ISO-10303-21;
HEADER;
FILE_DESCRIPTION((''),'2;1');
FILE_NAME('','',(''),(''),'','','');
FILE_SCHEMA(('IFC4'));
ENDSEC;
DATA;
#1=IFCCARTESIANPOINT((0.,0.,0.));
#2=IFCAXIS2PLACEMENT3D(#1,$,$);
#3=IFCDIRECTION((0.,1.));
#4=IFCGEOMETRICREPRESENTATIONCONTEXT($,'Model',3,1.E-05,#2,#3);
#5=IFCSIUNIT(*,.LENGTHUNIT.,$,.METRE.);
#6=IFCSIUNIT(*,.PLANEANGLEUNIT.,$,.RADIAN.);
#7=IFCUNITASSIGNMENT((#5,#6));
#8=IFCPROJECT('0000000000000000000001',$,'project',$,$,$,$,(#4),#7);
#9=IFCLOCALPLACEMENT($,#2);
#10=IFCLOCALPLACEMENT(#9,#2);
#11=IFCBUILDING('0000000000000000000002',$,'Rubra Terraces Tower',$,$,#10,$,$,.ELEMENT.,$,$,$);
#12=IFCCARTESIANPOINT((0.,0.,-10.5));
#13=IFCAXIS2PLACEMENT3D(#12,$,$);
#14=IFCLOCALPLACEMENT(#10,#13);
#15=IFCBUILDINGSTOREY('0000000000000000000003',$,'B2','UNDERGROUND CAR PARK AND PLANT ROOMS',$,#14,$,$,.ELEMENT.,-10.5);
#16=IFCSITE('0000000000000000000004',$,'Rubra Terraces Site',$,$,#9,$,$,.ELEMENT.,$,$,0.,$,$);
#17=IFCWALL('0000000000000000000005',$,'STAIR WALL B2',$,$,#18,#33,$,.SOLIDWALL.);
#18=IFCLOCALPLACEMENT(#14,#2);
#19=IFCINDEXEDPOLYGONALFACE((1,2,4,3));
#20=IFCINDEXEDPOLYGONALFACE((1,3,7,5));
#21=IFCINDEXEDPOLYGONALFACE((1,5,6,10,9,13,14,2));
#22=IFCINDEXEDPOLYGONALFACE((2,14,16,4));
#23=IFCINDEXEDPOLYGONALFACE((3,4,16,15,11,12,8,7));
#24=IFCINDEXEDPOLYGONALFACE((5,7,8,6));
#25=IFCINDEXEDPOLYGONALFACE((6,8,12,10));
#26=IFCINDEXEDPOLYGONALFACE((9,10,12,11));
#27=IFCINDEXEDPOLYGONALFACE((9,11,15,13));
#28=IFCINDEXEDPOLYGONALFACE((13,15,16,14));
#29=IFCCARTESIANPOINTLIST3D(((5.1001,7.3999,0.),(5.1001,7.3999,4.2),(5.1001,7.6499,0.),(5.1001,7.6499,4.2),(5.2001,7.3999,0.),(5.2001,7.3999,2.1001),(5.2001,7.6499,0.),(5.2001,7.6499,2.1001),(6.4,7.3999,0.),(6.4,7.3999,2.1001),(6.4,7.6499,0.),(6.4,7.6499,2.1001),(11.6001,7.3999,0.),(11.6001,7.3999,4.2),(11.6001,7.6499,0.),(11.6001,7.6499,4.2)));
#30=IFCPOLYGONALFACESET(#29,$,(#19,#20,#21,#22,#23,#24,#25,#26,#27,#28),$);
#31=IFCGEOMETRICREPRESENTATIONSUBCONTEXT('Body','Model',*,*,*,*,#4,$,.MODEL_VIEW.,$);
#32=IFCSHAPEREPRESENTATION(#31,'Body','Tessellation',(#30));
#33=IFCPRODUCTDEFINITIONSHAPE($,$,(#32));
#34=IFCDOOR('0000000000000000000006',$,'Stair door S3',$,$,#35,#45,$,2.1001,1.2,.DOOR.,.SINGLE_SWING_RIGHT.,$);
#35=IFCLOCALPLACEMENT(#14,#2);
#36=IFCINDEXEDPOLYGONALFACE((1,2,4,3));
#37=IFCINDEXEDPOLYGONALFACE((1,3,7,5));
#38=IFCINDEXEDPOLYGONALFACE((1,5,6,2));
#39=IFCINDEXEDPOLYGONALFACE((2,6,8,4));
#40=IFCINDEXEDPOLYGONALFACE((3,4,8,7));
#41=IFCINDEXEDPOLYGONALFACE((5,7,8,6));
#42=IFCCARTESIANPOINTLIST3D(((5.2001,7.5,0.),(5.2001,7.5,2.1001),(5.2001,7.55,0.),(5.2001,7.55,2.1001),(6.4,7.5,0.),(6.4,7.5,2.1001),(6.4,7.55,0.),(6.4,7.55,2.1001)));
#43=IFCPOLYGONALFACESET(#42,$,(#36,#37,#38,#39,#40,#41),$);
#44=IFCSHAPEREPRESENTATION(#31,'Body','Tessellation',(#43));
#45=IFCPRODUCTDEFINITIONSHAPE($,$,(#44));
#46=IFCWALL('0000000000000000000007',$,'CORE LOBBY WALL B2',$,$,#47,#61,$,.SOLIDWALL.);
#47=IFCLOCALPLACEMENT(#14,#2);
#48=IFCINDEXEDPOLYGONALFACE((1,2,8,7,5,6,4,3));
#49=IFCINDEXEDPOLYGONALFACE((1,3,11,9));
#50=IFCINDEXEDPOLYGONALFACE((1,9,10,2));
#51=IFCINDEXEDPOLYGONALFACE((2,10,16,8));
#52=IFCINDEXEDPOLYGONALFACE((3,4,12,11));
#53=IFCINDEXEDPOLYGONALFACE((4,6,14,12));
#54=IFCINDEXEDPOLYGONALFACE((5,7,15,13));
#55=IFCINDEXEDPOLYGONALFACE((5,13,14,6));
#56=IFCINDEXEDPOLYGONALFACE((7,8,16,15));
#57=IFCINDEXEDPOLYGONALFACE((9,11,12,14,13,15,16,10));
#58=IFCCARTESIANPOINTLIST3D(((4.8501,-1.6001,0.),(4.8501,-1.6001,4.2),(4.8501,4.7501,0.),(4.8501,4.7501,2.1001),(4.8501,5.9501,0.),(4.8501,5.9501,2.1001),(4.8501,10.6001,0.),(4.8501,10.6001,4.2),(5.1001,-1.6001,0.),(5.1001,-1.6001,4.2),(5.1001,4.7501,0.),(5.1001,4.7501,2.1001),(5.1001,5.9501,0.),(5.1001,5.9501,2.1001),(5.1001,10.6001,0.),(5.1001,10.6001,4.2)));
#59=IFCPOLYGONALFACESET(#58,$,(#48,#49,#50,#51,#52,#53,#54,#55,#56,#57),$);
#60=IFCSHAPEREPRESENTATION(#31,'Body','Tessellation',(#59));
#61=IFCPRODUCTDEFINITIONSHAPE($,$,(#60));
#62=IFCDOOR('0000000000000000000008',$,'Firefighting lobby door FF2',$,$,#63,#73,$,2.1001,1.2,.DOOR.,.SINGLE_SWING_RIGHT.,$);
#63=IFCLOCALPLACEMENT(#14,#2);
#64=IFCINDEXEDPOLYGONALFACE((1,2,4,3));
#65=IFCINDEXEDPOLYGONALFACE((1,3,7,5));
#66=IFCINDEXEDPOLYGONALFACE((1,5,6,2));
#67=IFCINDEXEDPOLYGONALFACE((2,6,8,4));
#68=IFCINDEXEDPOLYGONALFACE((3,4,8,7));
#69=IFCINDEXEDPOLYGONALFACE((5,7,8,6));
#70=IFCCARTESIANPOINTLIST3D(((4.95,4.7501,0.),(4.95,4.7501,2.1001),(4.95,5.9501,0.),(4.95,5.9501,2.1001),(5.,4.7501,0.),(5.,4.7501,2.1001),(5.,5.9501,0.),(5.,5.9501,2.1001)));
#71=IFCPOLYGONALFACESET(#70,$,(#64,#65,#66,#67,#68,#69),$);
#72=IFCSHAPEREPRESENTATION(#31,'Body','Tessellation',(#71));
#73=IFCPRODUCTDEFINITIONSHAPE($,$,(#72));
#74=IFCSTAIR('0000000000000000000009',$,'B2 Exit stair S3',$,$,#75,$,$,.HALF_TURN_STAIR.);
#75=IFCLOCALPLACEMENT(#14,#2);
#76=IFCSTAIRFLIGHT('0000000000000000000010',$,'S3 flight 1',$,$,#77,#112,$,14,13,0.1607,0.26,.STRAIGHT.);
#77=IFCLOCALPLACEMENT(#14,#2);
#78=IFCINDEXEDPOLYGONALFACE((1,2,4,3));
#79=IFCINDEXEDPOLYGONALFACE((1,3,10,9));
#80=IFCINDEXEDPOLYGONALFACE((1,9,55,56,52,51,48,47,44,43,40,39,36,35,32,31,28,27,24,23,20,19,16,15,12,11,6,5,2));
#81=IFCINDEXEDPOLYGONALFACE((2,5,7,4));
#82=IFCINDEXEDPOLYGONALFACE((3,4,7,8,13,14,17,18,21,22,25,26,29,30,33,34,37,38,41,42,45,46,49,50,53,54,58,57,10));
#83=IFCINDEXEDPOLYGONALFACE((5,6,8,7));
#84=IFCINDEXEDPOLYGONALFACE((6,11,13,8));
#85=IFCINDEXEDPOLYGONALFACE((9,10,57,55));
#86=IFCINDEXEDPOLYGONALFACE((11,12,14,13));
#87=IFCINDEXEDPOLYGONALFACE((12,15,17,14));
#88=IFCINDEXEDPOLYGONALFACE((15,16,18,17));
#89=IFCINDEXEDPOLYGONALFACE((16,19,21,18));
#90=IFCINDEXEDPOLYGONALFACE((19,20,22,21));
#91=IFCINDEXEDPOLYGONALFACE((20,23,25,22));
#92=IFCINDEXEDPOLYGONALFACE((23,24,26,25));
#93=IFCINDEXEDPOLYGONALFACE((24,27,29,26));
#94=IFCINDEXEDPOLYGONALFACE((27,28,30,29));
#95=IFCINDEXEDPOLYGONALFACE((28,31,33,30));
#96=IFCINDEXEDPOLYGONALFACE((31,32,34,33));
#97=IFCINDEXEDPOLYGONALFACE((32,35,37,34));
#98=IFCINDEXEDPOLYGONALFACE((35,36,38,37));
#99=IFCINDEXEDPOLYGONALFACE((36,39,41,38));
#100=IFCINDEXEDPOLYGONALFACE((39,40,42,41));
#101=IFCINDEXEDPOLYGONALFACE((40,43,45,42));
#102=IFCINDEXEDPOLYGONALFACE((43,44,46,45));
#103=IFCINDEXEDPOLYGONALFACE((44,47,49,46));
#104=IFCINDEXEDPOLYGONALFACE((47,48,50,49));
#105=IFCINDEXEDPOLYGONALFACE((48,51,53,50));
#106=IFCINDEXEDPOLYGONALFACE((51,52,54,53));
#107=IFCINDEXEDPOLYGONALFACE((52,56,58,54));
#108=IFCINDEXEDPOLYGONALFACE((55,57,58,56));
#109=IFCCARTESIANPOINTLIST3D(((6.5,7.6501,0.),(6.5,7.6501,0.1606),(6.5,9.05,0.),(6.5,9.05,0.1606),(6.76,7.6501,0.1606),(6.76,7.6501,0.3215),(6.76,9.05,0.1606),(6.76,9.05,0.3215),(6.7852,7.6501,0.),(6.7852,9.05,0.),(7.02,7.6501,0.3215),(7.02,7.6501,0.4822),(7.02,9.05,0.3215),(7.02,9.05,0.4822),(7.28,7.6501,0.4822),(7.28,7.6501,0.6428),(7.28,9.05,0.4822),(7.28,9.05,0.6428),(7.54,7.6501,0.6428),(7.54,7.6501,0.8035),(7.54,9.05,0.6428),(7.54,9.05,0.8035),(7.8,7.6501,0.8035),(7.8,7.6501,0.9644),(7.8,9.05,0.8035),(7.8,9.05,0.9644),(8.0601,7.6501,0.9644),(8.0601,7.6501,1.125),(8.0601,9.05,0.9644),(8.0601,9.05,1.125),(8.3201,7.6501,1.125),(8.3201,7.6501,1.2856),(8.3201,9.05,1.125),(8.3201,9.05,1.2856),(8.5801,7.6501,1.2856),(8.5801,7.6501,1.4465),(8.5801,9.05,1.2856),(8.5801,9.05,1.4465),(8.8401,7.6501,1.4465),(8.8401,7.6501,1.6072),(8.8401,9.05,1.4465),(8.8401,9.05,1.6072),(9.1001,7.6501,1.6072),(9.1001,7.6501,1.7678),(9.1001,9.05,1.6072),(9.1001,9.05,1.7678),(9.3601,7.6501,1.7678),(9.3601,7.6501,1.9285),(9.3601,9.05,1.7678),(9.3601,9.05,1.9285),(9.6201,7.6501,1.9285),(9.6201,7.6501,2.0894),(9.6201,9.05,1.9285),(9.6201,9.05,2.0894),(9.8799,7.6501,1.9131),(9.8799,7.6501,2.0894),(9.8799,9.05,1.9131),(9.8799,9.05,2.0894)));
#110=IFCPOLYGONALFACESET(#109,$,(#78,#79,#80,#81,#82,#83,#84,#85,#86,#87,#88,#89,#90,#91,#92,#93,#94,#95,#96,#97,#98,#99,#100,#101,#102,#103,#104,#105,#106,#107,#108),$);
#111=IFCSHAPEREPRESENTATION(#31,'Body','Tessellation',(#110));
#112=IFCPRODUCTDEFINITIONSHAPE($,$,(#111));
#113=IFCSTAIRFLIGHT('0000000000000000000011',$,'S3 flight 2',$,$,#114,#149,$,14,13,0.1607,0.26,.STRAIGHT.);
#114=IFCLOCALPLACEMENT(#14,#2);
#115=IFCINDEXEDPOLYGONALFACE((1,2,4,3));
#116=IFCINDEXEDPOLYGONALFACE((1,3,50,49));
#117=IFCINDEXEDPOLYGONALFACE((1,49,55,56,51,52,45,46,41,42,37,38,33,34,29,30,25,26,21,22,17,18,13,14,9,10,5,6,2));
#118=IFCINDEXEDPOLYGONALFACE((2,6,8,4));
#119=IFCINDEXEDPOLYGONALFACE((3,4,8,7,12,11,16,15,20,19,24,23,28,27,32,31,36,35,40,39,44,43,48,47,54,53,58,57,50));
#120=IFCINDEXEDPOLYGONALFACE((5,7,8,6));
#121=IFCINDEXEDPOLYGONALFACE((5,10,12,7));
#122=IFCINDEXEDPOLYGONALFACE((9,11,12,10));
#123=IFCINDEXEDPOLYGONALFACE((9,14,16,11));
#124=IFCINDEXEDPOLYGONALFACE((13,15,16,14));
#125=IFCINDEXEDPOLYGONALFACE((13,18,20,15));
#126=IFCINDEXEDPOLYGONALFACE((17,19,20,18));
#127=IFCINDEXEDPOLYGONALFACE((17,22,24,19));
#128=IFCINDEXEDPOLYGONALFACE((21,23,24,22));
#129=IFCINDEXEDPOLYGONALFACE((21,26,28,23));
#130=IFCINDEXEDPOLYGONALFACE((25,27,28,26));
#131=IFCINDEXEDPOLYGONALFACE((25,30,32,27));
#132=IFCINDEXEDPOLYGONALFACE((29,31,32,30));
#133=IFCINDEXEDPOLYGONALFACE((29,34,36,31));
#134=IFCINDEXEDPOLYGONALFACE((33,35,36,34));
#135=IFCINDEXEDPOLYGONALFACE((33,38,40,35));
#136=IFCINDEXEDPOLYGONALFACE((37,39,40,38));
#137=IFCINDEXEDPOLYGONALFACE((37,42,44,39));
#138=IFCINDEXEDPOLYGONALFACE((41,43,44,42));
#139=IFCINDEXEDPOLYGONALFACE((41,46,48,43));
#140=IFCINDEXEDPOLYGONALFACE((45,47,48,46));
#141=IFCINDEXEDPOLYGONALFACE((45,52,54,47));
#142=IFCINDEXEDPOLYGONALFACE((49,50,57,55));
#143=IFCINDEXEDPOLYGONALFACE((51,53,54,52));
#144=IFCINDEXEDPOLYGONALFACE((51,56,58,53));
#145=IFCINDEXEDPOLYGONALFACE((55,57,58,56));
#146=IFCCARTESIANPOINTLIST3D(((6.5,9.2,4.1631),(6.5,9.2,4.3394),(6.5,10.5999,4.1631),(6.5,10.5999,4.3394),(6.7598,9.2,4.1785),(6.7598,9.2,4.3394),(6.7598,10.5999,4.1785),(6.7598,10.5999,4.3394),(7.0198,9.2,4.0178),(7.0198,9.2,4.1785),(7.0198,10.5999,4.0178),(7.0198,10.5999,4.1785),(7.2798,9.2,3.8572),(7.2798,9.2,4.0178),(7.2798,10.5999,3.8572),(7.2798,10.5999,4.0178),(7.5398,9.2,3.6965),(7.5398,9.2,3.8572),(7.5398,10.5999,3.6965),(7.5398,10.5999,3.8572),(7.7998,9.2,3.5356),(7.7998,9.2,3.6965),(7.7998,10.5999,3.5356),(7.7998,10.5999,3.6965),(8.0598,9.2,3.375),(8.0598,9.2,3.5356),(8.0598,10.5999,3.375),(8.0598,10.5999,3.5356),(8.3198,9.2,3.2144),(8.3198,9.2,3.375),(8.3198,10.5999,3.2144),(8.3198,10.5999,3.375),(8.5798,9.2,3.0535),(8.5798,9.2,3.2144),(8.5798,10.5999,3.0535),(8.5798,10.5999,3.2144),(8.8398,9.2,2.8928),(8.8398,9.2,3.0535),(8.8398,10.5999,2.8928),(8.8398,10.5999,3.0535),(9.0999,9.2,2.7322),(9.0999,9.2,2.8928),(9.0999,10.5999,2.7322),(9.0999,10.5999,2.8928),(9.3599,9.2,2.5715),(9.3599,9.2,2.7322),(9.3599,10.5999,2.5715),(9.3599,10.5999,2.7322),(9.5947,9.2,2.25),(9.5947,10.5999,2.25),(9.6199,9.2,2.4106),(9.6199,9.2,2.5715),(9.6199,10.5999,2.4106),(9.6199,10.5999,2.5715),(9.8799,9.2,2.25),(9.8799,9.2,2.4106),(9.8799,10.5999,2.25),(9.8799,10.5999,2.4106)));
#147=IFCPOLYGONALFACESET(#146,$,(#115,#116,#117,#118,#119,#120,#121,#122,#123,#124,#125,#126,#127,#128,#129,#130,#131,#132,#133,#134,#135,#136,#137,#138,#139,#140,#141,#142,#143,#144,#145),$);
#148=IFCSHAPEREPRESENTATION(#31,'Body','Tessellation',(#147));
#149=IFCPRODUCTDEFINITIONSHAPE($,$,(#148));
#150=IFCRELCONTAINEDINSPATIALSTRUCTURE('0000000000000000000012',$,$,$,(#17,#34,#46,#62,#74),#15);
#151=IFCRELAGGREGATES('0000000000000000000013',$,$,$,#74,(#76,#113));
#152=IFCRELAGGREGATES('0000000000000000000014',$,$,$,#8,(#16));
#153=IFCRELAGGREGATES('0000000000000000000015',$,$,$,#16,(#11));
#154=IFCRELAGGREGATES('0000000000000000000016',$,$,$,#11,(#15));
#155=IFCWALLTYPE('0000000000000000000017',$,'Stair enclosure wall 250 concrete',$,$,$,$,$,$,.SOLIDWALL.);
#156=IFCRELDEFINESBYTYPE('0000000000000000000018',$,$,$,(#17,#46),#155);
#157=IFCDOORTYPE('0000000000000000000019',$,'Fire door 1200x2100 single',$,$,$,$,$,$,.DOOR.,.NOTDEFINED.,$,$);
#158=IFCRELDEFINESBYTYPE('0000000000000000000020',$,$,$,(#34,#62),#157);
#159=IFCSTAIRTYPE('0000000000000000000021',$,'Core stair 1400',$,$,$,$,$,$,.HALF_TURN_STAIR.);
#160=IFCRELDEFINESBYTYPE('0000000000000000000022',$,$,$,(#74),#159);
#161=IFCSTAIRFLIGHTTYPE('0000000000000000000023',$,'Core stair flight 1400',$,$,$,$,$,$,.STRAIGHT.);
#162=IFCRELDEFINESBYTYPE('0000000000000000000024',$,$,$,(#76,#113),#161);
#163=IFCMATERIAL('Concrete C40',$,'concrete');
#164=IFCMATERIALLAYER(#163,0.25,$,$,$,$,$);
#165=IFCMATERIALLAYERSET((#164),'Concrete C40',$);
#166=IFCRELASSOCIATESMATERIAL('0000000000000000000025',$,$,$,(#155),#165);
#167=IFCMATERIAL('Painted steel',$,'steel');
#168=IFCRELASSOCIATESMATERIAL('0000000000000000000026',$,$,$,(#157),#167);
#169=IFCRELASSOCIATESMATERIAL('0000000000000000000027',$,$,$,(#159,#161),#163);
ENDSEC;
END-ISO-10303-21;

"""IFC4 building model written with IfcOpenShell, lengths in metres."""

from ifc_helpers import new_model, si_unit, direction, frame, frame_2d, origin, place, context, subcontext, project, spatial, polyline, rectangle, outline, extrude, material, layer, layer_set, type_object, element, fill, aggregate, save


model = new_model("IFC4")

# Units and contexts
model_context = context("Model", 3, precision=1e-05, world=origin(), true_north=direction((0.0, 1.0)))
body_context = subcontext(model_context, "Body", "Model", "MODEL_VIEW")
ifc_project = project(units=[si_unit("LENGTHUNIT", "METRE"), si_unit("PLANEANGLEUNIT", "RADIAN")], contexts=[model_context])

# Site, building, storey
site_placement = place(None, origin())
site = spatial("IfcSite", under=ifc_project, at=site_placement, Name="Rubra Terraces Site", CompositionType="ELEMENT", RefElevation=0.0)
building_placement = place(site_placement, origin())
building = spatial("IfcBuilding", under=site, at=building_placement, Name="Rubra Terraces Tower", CompositionType="ELEMENT")
storey_placement = place(building_placement, frame((0.0, 0.0, -10.5)))
storey = spatial("IfcBuildingStorey", under=building, at=storey_placement, Name="B2", Description="UNDERGROUND CAR PARK AND PLANT ROOMS", CompositionType="ELEMENT", Elevation=-10.5)

# Walls, openings, doors
ifc_material_1 = material(Name="Concrete C40", Category="concrete")
ifc_layer_1 = layer(ifc_material_1, 0.25)
ifc_layer_set_1 = layer_set([ifc_layer_1], Name="Concrete C40")
wall_type_1 = type_object("IfcWallType", Name="Stair enclosure wall 250 concrete", PredefinedType="SOLIDWALL", material=ifc_layer_set_1)
wall_1_placement = place(storey_placement, frame((11.6001, 7.5249, 0.0), z_axis=(0.0, 0.0, 1.0), x_axis=(-1.0, 0.0, 0.0)))
wall_1 = element("IfcWall", 1, at=wall_1_placement, inside=storey, type_object=wall_type_1, Name="STAIR WALL B2", PredefinedType="SOLIDWALL", context=body_context, shape_type="SweptSolid", body=[
    extrude(rectangle(XDim=6.5, YDim=0.25, at=frame_2d((3.25, 0.0))), origin(), (0.0, 0.0, 1.0), 4.2),
])
opening_1_placement = place(wall_1_placement, frame((5.2, 0.0, 0.0)))
opening_1 = element("IfcOpeningElement", 2, at=opening_1_placement, cuts=wall_1, PredefinedType="OPENING", context=body_context, shape_type="SweptSolid", body=[
    extrude(rectangle(XDim=1.2, YDim=2.1001, at=frame_2d((0.6001, 1.05))), frame((0.0, 0.135, 0.0), z_axis=(0.0, -1.0, 0.0), x_axis=(1.0, 0.0, 0.0)), (0.0, 0.0, 1.0), 0.27),
])
ifc_material_2 = material(Name="Painted steel", Category="steel")
door_type_1 = type_object("IfcDoorType", Name="Fire door 1200x2100 single", OperationType="NOTDEFINED", PredefinedType="DOOR", material=ifc_material_2)
door_1_placement = place(opening_1_placement, origin())
door_1 = element("IfcDoor", 3, at=door_1_placement, inside=storey, type_object=door_type_1, Name="Stair door S3", OperationType="SINGLE_SWING_RIGHT", OverallHeight=2.1001, OverallWidth=1.2, PredefinedType="DOOR", context=body_context, shape_type="SweptSolid", body=[
    extrude(rectangle(XDim=1.2, YDim=2.1001, at=frame_2d((0.6001, 1.05))), frame((0.0, 0.0249, 0.0), z_axis=(0.0, -1.0, 0.0), x_axis=(1.0, 0.0, 0.0)), (0.0, 0.0, 1.0), 0.05),
])
fill(opening_1, door_1)
wall_2_placement = place(storey_placement, frame((4.9751, 10.6001, 0.0), z_axis=(0.0, 0.0, 1.0), x_axis=(0.0, -1.0, 0.0)))
wall_2 = element("IfcWall", 4, at=wall_2_placement, inside=storey, type_object=wall_type_1, Name="CORE LOBBY WALL B2", PredefinedType="SOLIDWALL", context=body_context, shape_type="SweptSolid", body=[
    extrude(rectangle(XDim=12.2002, YDim=0.25, at=frame_2d((6.1001, 0.0))), origin(), (0.0, 0.0, 1.0), 4.2),
])
opening_2_placement = place(wall_2_placement, frame((4.6499, 0.0, 0.0)))
opening_2 = element("IfcOpeningElement", 5, at=opening_2_placement, cuts=wall_2, PredefinedType="OPENING", context=body_context, shape_type="SweptSolid", body=[
    extrude(rectangle(XDim=1.2, YDim=2.1001, at=frame_2d((0.6001, 1.05))), frame((0.0, 0.135, 0.0), z_axis=(0.0, -1.0, 0.0), x_axis=(1.0, 0.0, 0.0)), (0.0, 0.0, 1.0), 0.27),
])
door_2_placement = place(opening_2_placement, origin())
door_2 = element("IfcDoor", 6, at=door_2_placement, inside=storey, type_object=door_type_1, Name="Firefighting lobby door FF2", OperationType="SINGLE_SWING_RIGHT", OverallHeight=2.1001, OverallWidth=1.2, PredefinedType="DOOR", context=body_context, shape_type="SweptSolid", body=[
    extrude(rectangle(XDim=1.2, YDim=2.1001, at=frame_2d((0.6001, 1.05))), frame((0.0, 0.0249, 0.0), z_axis=(0.0, -1.0, 0.0), x_axis=(1.0, 0.0, 0.0)), (0.0, 0.0, 1.0), 0.05),
])
fill(opening_2, door_2)

# Stair, stair flights
stair_type = type_object("IfcStairType", Name="Core stair 1400", PredefinedType="HALF_TURN_STAIR", material=ifc_material_1)
stair_placement = place(storey_placement, origin())
stair = element("IfcStair", 7, at=stair_placement, inside=storey, type_object=stair_type, Name="B2 Exit stair S3", PredefinedType="HALF_TURN_STAIR")
stair_flight_type = type_object("IfcStairFlightType", Name="Core stair flight 1400", PredefinedType="STRAIGHT", material=ifc_material_1)
stair_flight_1_placement = place(storey_placement, frame((6.5, 8.3501, 0.0), z_axis=(0.0, 0.0, 1.0), x_axis=(1.0, 0.0, 0.0)))
stair_flight_1 = element("IfcStairFlight", 8, at=stair_flight_1_placement, type_object=stair_flight_type, Name="S3 flight 1", NumberOfRisers=14, NumberOfTreads=13, PredefinedType="STRAIGHT", RiserHeight=0.1607, TreadLength=0.26, context=body_context, shape_type="SweptSolid", body=[
    extrude(outline(polyline([(0.0, 0.0), (0.0, 0.1606), (0.26, 0.1606), (0.26, 0.3215), (0.52, 0.3215), (0.52, 0.4822), (0.78, 0.4822), (0.78, 0.6428), (1.04, 0.6428), (1.04, 0.8035), (1.3, 0.8035), (1.3, 0.9644), (1.5601, 0.9644), (1.5601, 1.125), (1.8201, 1.125), (1.8201, 1.2856), (2.0801, 1.2856), (2.0801, 1.4465), (2.3401, 1.4465), (2.3401, 1.6072), (2.6001, 1.6072), (2.6001, 1.7678), (2.8601, 1.7678), (2.8601, 1.9285), (3.1201, 1.9285), (3.1201, 2.0894), (3.3799, 2.0894), (3.3799, 2.25), (3.3799, 1.9131), (0.2852, 0.0), (0.0, 0.0)])), frame((0.0, 0.7, 0.0), z_axis=(0.0, -1.0, 0.0), x_axis=(1.0, 0.0, 0.0)), (0.0, 0.0, 1.0), 1.3999),
])
stair_flight_2_placement = place(storey_placement, frame((9.8799, 9.8999, 2.25), z_axis=(0.0, 0.0, 1.0), x_axis=(-1.0, 0.0, 0.0)))
stair_flight_2 = element("IfcStairFlight", 9, at=stair_flight_2_placement, type_object=stair_flight_type, Name="S3 flight 2", NumberOfRisers=14, NumberOfTreads=13, PredefinedType="STRAIGHT", RiserHeight=0.1607, TreadLength=0.26, context=body_context, shape_type="SweptSolid", body=[
    extrude(outline(polyline([(0.0, 0.0), (0.0, 0.1606), (0.26, 0.1606), (0.26, 0.3215), (0.52, 0.3215), (0.52, 0.4822), (0.78, 0.4822), (0.78, 0.6428), (1.04, 0.6428), (1.04, 0.8035), (1.3, 0.8035), (1.3, 0.9644), (1.5601, 0.9644), (1.5601, 1.125), (1.8201, 1.125), (1.8201, 1.2856), (2.0801, 1.2856), (2.0801, 1.4465), (2.3401, 1.4465), (2.3401, 1.6072), (2.6001, 1.6072), (2.6001, 1.7678), (2.8601, 1.7678), (2.8601, 1.9285), (3.1201, 1.9285), (3.1201, 2.0894), (3.3799, 2.0894), (3.3799, 2.25), (3.3799, 1.9131), (0.2852, 0.0), (0.0, 0.0)])), frame((0.0, 0.7, 0.0), z_axis=(0.0, -1.0, 0.0), x_axis=(1.0, 0.0, 0.0)), (0.0, 0.0, 1.0), 1.3999),
])
aggregate(stair, [stair_flight_1, stair_flight_2])

save(model, "model.ifc")
